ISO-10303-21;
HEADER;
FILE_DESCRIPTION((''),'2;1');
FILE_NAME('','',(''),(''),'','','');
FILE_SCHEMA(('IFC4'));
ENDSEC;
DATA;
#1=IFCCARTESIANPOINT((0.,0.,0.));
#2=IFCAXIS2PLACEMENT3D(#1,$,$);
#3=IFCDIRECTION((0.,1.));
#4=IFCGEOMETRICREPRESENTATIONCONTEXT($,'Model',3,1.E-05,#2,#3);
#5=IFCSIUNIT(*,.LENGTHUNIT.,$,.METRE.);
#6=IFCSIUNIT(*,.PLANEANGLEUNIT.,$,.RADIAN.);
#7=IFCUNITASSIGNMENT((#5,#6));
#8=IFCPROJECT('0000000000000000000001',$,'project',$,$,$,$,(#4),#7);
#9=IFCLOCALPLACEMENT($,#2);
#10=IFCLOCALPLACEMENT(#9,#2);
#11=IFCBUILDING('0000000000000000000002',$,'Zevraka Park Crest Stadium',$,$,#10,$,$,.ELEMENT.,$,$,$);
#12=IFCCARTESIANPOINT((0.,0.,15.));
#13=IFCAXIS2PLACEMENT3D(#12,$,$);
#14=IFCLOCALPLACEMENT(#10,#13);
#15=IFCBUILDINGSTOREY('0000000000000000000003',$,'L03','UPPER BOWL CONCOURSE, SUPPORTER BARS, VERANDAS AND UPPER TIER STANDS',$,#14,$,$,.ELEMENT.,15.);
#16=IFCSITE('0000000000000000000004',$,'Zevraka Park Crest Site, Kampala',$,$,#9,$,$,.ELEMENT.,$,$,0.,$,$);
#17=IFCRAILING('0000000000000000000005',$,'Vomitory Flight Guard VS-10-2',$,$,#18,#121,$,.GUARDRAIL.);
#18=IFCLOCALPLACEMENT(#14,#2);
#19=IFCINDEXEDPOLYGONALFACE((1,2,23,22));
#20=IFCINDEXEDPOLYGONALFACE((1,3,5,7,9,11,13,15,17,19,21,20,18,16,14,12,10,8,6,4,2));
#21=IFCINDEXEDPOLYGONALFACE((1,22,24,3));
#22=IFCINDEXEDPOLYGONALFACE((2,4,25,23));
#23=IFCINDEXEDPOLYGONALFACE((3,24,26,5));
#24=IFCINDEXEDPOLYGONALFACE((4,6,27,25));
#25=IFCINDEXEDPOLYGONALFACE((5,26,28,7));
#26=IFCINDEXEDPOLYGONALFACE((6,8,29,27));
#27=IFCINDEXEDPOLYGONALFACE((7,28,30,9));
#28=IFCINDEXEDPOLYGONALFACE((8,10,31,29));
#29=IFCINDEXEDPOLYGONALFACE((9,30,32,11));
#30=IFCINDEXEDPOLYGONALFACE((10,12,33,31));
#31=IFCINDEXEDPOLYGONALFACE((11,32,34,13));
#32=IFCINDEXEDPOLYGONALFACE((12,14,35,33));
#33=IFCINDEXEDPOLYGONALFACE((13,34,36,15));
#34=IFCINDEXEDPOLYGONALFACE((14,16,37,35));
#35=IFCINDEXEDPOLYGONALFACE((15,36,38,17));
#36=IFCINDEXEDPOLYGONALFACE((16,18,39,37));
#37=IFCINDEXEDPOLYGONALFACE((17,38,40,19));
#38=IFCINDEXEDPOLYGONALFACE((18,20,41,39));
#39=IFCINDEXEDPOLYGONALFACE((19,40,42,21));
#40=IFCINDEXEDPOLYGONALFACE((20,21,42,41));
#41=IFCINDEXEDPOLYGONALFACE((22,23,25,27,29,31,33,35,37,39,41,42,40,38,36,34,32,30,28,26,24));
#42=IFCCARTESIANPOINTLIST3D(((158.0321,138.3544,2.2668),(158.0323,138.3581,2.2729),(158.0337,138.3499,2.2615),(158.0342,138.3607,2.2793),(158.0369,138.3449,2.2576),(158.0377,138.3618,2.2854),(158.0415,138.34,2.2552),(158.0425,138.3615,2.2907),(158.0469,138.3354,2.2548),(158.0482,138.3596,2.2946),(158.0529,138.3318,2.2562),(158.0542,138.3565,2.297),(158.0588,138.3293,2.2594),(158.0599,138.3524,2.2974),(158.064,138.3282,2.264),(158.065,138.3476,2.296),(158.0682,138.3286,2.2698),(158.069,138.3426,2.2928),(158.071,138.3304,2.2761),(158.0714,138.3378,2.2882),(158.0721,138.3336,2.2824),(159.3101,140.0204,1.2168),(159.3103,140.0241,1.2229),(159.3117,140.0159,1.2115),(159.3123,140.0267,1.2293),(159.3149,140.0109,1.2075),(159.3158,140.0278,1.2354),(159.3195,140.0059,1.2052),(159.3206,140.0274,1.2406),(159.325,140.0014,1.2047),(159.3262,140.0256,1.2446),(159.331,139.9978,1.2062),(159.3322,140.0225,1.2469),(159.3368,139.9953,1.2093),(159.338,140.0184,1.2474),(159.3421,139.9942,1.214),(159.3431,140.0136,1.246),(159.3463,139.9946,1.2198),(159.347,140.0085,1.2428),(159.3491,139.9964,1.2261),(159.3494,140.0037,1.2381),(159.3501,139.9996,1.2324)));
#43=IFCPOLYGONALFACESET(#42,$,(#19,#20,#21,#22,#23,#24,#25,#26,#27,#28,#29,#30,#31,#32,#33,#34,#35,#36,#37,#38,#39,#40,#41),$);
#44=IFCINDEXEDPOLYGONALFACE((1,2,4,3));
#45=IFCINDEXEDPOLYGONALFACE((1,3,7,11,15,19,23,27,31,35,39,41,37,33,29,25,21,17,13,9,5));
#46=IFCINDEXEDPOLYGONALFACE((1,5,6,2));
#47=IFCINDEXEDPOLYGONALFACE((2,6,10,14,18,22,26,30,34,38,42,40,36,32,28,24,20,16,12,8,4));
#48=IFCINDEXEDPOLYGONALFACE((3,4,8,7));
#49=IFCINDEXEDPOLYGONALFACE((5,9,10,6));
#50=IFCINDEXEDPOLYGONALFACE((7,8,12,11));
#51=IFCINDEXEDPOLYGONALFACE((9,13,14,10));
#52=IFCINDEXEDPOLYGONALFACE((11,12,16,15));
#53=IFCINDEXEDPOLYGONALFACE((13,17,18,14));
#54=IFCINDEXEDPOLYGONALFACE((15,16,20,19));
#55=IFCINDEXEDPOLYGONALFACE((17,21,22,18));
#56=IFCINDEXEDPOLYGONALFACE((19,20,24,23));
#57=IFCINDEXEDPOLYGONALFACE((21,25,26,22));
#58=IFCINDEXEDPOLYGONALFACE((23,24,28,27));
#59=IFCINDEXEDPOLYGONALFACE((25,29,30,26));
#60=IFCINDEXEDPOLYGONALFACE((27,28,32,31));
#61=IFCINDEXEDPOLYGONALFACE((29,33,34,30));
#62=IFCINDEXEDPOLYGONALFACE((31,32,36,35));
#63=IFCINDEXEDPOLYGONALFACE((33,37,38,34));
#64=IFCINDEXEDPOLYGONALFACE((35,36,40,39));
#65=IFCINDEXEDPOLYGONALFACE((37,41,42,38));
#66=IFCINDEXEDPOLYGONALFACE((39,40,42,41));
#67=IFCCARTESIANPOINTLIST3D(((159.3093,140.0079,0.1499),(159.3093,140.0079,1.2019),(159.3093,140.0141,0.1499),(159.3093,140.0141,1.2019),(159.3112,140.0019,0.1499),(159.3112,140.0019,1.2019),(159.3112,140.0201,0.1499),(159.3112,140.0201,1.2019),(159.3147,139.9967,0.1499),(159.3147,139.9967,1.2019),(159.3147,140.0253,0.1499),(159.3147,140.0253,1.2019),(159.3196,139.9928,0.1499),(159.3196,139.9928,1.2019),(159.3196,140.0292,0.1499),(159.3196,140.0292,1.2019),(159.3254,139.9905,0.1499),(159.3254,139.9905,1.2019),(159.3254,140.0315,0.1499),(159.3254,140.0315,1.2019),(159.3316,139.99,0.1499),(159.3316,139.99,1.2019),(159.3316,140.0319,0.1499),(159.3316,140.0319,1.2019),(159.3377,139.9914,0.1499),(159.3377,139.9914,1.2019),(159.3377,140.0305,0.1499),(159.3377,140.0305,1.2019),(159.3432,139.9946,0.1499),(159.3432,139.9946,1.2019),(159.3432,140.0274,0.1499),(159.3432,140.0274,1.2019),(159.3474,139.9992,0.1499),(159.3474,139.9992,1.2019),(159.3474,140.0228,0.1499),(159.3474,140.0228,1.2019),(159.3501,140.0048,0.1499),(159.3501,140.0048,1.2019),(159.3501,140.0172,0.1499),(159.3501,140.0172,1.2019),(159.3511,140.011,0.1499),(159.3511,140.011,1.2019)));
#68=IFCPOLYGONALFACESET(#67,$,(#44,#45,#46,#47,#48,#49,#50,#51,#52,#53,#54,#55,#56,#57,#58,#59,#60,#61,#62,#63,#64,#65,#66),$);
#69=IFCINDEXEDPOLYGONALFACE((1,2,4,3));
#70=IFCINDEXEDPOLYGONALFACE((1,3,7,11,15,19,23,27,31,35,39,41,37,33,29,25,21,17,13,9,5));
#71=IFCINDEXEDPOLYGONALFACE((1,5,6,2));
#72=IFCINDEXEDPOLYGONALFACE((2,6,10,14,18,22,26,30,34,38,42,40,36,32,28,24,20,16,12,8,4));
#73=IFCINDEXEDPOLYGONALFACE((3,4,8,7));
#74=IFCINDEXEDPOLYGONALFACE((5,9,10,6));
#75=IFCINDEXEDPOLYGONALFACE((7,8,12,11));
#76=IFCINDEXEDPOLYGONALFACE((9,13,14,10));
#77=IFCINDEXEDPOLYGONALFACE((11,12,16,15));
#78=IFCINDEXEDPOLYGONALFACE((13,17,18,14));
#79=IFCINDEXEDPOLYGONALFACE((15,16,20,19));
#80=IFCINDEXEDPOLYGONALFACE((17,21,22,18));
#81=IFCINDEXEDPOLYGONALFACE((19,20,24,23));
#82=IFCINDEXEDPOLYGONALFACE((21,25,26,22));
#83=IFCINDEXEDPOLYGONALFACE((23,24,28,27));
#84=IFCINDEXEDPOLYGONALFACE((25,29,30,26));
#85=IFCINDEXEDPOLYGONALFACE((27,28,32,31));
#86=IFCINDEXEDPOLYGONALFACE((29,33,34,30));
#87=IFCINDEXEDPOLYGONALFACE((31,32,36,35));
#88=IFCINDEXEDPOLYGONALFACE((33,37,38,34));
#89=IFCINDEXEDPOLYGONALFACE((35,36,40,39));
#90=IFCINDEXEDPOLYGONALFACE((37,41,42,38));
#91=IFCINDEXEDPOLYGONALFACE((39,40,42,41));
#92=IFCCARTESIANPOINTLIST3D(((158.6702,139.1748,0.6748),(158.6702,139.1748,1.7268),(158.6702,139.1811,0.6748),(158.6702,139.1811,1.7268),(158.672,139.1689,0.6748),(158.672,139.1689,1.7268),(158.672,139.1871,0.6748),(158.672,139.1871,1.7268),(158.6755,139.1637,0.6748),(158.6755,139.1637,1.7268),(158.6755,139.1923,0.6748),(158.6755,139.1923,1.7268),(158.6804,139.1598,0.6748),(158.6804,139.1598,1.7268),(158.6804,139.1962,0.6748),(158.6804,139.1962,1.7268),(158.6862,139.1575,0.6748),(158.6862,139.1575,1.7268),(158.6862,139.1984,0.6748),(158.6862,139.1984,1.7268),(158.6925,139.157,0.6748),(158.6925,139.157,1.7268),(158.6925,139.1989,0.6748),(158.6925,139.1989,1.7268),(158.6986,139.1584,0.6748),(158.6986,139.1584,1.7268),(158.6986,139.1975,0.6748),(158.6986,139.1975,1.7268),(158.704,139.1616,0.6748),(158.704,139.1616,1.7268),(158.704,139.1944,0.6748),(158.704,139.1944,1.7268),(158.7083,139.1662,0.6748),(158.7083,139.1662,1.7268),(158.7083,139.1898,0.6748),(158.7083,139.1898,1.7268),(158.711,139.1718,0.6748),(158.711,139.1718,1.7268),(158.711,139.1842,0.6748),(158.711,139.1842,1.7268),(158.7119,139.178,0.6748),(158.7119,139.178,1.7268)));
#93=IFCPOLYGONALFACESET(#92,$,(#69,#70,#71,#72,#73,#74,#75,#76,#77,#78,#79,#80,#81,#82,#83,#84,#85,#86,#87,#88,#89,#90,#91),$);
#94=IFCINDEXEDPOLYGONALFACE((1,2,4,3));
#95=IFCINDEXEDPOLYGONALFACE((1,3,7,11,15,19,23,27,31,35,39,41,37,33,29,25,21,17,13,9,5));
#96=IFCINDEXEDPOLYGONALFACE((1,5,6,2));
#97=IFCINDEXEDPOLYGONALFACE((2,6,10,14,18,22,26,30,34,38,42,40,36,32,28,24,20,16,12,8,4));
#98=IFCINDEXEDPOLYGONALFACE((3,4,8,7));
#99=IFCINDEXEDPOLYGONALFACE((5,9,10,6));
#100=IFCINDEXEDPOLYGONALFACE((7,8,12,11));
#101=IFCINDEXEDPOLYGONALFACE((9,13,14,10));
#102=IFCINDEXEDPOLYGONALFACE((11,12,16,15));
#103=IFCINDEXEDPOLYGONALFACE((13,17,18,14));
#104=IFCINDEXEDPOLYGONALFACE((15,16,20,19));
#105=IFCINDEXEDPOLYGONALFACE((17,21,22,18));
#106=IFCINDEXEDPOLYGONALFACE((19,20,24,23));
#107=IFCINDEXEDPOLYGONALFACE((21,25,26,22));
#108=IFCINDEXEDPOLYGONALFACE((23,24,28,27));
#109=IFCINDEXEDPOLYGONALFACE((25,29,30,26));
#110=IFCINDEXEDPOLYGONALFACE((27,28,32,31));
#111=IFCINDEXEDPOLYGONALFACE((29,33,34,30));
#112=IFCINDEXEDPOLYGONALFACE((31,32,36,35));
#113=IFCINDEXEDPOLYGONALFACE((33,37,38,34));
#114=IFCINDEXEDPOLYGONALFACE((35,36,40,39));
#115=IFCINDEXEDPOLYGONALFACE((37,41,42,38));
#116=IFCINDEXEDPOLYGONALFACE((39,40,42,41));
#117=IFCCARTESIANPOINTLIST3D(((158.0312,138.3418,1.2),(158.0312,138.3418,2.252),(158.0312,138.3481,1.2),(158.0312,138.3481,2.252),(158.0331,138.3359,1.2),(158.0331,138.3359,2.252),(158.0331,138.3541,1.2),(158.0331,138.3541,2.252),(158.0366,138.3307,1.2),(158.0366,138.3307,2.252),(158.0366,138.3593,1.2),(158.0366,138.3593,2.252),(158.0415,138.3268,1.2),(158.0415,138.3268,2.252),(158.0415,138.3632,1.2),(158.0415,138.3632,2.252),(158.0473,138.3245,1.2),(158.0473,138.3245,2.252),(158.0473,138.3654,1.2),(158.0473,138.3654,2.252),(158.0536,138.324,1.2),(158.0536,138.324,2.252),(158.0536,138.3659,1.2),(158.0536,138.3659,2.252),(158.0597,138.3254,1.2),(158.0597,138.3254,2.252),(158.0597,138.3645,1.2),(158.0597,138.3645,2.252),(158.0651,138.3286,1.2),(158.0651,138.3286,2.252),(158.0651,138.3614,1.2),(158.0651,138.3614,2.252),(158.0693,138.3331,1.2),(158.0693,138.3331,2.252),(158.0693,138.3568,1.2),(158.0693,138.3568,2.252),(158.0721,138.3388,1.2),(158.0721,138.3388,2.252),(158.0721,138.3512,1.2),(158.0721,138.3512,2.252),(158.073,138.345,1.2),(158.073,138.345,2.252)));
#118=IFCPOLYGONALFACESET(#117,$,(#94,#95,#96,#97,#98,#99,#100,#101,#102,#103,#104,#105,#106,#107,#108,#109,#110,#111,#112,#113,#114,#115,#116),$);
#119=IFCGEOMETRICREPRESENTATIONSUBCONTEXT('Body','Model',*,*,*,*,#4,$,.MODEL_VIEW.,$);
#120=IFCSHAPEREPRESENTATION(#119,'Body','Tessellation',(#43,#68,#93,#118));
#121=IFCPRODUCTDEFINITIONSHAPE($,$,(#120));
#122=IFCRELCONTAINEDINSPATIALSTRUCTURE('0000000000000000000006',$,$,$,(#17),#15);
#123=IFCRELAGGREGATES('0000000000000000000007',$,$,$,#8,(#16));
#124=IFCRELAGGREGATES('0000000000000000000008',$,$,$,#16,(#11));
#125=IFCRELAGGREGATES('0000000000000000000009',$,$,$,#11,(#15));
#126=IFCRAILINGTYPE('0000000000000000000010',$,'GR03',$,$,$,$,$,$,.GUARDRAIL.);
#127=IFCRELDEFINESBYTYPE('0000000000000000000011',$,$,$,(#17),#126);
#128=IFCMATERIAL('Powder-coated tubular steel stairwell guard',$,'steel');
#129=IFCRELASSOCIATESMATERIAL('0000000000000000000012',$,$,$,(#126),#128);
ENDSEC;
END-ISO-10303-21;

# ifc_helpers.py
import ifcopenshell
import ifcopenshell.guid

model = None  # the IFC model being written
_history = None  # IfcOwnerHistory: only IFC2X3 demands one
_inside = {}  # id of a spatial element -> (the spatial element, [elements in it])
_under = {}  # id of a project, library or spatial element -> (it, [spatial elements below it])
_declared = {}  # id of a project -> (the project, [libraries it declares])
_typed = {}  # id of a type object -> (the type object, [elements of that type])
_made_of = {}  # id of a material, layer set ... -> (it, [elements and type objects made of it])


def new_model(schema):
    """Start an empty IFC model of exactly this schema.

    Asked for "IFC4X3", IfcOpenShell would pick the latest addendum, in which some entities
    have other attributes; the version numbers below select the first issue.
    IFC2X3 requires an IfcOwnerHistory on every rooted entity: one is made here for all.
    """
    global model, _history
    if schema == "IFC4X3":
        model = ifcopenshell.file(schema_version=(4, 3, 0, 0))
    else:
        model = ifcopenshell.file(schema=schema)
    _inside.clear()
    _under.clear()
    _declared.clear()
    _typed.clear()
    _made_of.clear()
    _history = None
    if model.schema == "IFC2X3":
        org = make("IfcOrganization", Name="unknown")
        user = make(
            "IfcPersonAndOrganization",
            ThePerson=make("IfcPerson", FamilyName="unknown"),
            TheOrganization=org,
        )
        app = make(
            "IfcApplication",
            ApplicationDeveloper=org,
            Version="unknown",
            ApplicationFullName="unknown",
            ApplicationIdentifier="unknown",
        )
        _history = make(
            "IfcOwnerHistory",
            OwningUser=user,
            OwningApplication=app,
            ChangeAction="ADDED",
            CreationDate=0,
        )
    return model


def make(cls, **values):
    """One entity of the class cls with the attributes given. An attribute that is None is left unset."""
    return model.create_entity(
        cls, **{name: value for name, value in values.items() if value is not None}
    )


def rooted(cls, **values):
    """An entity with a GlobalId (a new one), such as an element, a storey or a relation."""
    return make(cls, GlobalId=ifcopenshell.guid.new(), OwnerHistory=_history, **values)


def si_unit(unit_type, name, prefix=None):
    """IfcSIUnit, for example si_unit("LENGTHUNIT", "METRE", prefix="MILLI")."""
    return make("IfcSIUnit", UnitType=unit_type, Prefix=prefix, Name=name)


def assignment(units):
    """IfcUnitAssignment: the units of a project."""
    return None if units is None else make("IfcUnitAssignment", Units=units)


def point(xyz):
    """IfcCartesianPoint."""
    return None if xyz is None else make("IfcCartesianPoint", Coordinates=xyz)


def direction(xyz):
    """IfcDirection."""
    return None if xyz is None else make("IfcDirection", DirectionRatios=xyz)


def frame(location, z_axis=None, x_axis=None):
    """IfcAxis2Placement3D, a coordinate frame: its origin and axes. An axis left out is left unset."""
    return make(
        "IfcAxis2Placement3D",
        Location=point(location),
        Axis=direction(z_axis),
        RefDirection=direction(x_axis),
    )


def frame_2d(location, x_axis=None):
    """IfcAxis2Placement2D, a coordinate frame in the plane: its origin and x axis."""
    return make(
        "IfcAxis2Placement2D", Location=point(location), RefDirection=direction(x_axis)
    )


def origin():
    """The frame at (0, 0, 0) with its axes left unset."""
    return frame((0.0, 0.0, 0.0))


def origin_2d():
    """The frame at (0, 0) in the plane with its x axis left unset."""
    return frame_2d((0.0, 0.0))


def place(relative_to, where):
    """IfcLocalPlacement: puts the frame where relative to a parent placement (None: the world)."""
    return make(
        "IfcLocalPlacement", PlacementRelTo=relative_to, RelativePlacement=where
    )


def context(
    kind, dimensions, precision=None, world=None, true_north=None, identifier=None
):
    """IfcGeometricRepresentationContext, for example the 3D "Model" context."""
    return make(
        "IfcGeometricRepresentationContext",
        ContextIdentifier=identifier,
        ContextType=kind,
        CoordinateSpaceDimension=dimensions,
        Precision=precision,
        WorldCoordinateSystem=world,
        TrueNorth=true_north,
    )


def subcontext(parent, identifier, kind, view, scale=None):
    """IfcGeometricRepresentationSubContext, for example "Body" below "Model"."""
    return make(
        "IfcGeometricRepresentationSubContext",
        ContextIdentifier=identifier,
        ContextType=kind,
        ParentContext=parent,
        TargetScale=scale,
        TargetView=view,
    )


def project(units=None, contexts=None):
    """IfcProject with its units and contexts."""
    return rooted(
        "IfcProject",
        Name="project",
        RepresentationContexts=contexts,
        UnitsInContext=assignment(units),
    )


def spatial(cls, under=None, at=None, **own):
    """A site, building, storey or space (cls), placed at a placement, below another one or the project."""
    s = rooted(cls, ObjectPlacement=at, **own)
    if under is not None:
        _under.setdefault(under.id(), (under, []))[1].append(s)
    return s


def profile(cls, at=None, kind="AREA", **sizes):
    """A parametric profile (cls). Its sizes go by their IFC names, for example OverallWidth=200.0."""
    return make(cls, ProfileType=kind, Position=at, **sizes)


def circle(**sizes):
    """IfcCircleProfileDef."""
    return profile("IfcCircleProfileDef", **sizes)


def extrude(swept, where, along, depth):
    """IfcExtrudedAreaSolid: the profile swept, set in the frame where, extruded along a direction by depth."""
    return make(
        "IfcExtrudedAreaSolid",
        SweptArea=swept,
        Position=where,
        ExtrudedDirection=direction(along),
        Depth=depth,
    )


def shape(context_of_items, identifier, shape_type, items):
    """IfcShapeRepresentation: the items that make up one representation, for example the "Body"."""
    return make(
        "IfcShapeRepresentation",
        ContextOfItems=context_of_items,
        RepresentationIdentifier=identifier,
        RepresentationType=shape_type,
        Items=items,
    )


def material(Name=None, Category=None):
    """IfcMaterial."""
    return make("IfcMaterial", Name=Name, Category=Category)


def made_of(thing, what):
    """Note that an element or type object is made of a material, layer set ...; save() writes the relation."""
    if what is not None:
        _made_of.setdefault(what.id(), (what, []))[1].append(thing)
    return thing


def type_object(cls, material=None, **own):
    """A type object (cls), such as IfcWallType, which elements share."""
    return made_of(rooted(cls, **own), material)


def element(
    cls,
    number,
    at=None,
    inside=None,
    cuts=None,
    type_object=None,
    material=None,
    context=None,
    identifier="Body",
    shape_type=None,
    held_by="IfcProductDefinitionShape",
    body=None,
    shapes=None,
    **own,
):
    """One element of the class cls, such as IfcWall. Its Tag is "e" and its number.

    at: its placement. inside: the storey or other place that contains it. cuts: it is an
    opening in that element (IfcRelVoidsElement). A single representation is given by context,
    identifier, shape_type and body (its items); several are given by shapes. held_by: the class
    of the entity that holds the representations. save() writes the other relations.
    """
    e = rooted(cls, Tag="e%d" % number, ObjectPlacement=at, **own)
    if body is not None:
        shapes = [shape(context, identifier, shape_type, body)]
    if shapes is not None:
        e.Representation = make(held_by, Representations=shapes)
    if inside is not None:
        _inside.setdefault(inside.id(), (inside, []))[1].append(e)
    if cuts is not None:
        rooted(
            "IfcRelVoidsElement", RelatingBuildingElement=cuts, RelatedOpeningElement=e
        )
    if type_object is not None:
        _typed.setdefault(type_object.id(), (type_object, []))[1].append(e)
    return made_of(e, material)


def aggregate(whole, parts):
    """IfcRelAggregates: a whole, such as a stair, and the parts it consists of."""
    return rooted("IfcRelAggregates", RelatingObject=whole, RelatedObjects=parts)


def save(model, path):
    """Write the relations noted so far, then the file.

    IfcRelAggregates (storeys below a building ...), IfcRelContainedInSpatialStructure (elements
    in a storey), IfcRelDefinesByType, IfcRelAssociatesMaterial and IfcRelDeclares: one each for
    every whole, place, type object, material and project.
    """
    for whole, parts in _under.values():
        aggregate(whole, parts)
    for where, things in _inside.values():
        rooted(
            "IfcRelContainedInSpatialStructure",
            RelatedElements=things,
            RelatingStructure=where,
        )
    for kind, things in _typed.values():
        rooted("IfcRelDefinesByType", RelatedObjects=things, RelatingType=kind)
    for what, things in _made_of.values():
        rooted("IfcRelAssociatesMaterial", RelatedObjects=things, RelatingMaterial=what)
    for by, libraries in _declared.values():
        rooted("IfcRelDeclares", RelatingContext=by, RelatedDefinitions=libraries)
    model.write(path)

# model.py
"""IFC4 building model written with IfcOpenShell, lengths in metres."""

from ifc_helpers import new_model, si_unit, direction, frame, origin, origin_2d, place, context, subcontext, project, spatial, circle, extrude, material, type_object, element, save


model = new_model("IFC4")

# Units and contexts
model_context = context("Model", 3, precision=1e-05, world=origin(), true_north=direction((0.0, 1.0)))
body_context = subcontext(model_context, "Body", "Model", "MODEL_VIEW")
ifc_project = project(units=[si_unit("LENGTHUNIT", "METRE"), si_unit("PLANEANGLEUNIT", "RADIAN")], contexts=[model_context])

# Site, building, storey
site_placement = place(None, origin())
site = spatial("IfcSite", under=ifc_project, at=site_placement, Name="Zevraka Park Crest Site, Kampala", CompositionType="ELEMENT", RefElevation=0.0)
building_placement = place(site_placement, origin())
building = spatial("IfcBuilding", under=site, at=building_placement, Name="Zevraka Park Crest Stadium", CompositionType="ELEMENT")
storey_placement = place(building_placement, frame((0.0, 0.0, 15.0)))
storey = spatial("IfcBuildingStorey", under=building, at=storey_placement, Name="L03", Description="UPPER BOWL CONCOURSE, SUPPORTER BARS, VERANDAS AND UPPER TIER STANDS", CompositionType="ELEMENT", Elevation=15.0)

# Railing
ifc_material_1 = material(Name="Powder-coated tubular steel stairwell guard", Category="steel")
railing_type_1 = type_object("IfcRailingType", Name="GR03", PredefinedType="GUARDRAIL", material=ifc_material_1)
railing_1_placement = place(storey_placement, frame((159.3301, 140.011, 0.1499)))
element("IfcRailing", 1, at=railing_1_placement, inside=storey, type_object=railing_type_1, Name="Vomitory Flight Guard VS-10-2", PredefinedType="GUARDRAIL", context=body_context, shape_type="SweptSolid", body=[
    extrude(circle(Radius=0.0239, at=origin_2d()), frame((0.0, 0.0, 1.0762), z_axis=(-0.544395, -0.709638, 0.447267), x_axis=(0.793423, -0.608671, 0.0)), (0.0, 0.0, 1.0), 2.3477),
    extrude(circle(Radius=0.021, at=origin_2d()), origin(), (0.0, 0.0, 1.0), 1.052),
    extrude(circle(Radius=0.021, at=origin_2d()), frame((-0.6392, -0.833, 0.5249)), (0.0, 0.0, 1.0), 1.052),
    extrude(circle(Radius=0.021, at=origin_2d()), frame((-1.2781, -1.666, 1.05)), (0.0, 0.0, 1.0), 1.052),
])

save(model, "model.ifc")
